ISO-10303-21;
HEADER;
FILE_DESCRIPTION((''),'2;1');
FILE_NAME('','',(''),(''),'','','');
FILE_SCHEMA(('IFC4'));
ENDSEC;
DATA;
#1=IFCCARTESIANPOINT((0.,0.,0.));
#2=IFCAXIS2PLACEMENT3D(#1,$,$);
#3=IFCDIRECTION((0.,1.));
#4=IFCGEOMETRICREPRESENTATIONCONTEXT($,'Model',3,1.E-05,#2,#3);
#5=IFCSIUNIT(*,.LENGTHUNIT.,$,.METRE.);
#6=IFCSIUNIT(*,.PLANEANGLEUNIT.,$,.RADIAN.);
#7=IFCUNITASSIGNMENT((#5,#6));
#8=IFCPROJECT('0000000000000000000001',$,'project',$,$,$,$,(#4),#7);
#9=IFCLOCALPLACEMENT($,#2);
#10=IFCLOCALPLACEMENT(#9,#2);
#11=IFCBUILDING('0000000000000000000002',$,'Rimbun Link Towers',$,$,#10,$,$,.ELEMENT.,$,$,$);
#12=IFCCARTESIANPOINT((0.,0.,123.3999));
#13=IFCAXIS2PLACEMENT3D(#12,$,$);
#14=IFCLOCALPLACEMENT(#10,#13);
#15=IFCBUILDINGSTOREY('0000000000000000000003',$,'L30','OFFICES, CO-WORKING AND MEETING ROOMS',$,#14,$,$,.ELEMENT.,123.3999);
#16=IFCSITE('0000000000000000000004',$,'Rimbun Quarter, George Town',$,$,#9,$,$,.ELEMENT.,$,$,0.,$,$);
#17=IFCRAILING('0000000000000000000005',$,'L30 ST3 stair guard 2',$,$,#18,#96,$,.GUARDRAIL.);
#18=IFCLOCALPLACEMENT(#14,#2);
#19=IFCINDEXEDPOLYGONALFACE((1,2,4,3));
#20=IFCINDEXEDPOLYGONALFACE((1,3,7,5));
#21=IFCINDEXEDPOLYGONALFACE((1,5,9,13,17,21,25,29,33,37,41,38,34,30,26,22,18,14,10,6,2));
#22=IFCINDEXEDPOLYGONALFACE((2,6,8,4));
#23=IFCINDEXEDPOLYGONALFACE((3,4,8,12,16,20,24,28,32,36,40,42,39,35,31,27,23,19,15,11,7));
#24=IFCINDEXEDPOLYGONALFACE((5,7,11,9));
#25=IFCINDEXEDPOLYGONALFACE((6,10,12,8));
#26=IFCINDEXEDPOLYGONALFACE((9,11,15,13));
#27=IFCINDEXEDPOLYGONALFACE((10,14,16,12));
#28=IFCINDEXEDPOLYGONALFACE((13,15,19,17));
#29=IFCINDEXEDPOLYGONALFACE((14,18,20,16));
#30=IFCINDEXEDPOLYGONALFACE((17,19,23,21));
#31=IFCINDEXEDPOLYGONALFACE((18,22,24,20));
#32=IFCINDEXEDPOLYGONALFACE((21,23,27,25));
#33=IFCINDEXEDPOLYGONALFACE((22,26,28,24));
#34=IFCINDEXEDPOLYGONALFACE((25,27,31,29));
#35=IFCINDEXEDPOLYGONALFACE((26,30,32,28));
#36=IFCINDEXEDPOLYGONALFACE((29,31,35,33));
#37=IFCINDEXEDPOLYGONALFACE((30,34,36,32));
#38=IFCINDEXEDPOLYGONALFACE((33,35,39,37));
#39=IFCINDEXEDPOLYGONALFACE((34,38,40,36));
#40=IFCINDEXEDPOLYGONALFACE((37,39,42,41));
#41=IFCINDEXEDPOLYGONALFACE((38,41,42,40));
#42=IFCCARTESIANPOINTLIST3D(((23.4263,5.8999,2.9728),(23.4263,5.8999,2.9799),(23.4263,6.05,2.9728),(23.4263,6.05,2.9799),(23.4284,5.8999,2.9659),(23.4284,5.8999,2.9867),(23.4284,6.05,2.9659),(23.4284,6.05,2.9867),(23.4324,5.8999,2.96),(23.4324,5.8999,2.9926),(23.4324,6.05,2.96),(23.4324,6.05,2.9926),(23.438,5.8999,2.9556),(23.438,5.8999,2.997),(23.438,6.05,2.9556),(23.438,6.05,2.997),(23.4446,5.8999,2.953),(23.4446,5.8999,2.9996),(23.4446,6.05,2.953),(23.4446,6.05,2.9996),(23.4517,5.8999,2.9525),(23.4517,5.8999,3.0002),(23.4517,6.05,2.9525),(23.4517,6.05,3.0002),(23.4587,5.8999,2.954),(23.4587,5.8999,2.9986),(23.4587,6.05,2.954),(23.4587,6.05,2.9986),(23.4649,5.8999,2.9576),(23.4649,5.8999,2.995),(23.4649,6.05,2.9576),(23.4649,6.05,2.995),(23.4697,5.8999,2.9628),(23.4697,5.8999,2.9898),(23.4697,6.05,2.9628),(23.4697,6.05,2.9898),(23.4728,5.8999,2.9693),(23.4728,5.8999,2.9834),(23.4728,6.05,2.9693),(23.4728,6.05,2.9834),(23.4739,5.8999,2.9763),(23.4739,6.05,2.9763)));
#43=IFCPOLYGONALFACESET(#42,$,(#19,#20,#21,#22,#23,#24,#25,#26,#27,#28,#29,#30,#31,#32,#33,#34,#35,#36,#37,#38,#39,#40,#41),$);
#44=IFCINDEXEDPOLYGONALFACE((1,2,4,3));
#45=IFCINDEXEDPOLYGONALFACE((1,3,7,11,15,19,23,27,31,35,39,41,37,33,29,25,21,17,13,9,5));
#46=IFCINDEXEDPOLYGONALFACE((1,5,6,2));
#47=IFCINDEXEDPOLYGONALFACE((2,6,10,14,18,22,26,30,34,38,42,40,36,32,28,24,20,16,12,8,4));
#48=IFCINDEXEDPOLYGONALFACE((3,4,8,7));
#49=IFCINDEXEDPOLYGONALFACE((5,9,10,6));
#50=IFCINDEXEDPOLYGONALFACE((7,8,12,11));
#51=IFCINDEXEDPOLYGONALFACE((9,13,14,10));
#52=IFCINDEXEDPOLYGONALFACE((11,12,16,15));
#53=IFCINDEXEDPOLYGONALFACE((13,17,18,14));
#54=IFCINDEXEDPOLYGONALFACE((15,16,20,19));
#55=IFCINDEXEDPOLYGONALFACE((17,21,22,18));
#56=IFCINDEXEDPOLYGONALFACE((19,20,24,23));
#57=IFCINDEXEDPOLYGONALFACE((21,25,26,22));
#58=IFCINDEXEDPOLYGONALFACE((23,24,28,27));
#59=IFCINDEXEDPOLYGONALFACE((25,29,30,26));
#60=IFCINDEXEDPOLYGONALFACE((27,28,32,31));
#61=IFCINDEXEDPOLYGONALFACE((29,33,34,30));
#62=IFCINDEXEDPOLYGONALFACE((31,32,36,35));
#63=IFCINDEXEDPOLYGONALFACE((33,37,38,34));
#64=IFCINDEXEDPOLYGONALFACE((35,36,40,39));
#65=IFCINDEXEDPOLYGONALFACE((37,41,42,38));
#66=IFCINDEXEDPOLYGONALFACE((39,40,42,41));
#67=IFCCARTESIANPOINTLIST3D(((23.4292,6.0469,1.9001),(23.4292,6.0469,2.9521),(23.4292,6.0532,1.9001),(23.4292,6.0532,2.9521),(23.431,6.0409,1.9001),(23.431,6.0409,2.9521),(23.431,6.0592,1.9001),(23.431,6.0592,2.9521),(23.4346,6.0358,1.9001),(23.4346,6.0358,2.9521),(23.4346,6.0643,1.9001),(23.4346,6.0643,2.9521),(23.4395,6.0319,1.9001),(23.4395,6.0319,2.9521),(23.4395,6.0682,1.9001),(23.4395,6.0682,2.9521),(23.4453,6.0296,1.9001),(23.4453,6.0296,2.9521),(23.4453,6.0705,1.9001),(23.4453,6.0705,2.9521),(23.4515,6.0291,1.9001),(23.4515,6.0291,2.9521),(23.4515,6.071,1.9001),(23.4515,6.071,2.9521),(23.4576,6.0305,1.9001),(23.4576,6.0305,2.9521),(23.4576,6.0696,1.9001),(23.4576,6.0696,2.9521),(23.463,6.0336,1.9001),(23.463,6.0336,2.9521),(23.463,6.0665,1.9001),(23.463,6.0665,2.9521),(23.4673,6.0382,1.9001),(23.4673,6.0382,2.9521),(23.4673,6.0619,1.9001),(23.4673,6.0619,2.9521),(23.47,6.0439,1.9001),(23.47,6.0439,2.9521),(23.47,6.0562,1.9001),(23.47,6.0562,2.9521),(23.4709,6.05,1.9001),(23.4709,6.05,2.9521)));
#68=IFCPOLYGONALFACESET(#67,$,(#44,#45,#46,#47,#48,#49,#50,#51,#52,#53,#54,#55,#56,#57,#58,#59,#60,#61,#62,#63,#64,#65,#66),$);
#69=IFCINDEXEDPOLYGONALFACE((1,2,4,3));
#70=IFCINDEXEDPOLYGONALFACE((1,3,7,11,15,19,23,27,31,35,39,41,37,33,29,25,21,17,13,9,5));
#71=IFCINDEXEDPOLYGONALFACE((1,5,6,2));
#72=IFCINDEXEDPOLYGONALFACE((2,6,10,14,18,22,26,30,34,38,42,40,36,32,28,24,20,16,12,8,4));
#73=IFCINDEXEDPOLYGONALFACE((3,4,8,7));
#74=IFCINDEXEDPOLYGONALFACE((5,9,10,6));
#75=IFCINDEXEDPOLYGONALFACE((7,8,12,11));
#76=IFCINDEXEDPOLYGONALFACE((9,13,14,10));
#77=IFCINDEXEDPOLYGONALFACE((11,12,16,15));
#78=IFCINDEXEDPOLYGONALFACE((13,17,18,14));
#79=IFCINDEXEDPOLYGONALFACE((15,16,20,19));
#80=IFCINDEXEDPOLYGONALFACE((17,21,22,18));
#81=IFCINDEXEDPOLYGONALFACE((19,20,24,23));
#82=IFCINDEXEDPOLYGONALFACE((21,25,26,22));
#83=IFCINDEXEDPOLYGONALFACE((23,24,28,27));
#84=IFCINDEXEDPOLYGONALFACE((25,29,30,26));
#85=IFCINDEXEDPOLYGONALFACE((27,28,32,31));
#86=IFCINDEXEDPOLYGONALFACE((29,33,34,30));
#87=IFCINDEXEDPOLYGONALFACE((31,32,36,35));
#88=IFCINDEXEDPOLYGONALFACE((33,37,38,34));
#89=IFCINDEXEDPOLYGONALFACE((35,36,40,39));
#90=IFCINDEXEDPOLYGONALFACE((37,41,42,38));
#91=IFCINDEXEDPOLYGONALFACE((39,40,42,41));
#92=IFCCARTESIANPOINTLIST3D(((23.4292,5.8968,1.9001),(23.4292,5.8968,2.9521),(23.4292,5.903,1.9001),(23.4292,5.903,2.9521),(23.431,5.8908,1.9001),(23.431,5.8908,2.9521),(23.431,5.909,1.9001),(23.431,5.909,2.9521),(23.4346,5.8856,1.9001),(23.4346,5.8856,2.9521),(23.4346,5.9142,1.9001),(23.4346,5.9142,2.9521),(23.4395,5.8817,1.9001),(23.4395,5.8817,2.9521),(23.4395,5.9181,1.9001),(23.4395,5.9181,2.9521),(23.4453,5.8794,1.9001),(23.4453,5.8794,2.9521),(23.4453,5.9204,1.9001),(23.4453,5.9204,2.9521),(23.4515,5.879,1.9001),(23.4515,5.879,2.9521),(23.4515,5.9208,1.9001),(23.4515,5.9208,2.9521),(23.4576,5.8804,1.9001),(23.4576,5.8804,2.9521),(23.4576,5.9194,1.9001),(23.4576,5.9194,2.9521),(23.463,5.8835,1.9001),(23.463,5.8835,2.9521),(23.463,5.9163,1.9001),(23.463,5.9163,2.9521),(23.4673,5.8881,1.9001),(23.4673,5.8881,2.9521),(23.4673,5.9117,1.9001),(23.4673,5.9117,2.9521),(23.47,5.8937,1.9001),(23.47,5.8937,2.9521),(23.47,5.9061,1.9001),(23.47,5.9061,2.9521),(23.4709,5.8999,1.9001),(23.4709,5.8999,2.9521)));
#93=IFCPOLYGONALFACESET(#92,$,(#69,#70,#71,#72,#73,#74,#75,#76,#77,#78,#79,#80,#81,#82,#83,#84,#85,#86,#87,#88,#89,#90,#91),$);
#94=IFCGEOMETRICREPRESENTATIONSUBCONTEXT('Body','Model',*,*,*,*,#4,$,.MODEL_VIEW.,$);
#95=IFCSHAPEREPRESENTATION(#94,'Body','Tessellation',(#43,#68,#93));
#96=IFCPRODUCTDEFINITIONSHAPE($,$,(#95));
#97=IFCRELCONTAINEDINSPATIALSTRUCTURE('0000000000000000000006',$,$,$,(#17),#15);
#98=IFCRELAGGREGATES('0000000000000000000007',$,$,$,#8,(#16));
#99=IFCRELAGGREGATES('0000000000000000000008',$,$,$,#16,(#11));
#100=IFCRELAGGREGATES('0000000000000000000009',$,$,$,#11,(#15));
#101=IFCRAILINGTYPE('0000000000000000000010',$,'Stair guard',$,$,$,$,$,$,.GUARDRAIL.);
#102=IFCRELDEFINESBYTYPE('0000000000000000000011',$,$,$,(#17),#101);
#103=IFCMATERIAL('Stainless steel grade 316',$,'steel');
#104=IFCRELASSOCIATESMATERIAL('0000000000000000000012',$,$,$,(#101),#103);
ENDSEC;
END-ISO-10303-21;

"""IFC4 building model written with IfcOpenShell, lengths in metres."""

from ifc_helpers import new_model, si_unit, direction, frame, origin, origin_2d, place, context, subcontext, project, spatial, circle, extrude, material, type_object, element, save


model = new_model("IFC4")

# Units and contexts
model_context = context("Model", 3, precision=1e-05, world=origin(), true_north=direction((0.0, 1.0)))
body_context = subcontext(model_context, "Body", "Model", "MODEL_VIEW")
ifc_project = project(units=[si_unit("LENGTHUNIT", "METRE"), si_unit("PLANEANGLEUNIT", "RADIAN")], contexts=[model_context])

# Site, building, storey
site_placement = place(None, origin())
site = spatial("IfcSite", under=ifc_project, at=site_placement, Name="Rimbun Quarter, George Town", CompositionType="ELEMENT", RefElevation=0.0)
building_placement = place(site_placement, origin())
building = spatial("IfcBuilding", under=site, at=building_placement, Name="Rimbun Link Towers", CompositionType="ELEMENT")
storey_placement = place(building_placement, frame((0.0, 0.0, 123.3999)))
storey = spatial("IfcBuildingStorey", under=building, at=storey_placement, Name="L30", Description="OFFICES, CO-WORKING AND MEETING ROOMS", CompositionType="ELEMENT", Elevation=123.3999)

# Railing
ifc_material_1 = material(Name="Stainless steel grade 316", Category="steel")
railing_type_1 = type_object("IfcRailingType", Name="Stair guard", PredefinedType="GUARDRAIL", material=ifc_material_1)
railing_1_placement = place(storey_placement, frame((23.45, 6.05, 1.9001)))
element("IfcRailing", 1, at=railing_1_placement, inside=storey, type_object=railing_type_1, Name="L30 ST3 stair guard 2", PredefinedType="GUARDRAIL", context=body_context, shape_type="SweptSolid", body=[
    extrude(circle(Radius=0.0239, at=origin_2d()), frame((0.0, 0.0, 1.0762), z_axis=(0.0, -1.0, 0.0), x_axis=(1.0, 0.0, 0.0)), (0.0, 0.0, 1.0), 0.1501),
    extrude(circle(Radius=0.021, at=origin_2d()), origin(), (0.0, 0.0, 1.0), 1.052),
    extrude(circle(Radius=0.021, at=origin_2d()), frame((0.0, -0.1501, 0.0)), (0.0, 0.0, 1.0), 1.052),
])

save(model, "model.ifc")
